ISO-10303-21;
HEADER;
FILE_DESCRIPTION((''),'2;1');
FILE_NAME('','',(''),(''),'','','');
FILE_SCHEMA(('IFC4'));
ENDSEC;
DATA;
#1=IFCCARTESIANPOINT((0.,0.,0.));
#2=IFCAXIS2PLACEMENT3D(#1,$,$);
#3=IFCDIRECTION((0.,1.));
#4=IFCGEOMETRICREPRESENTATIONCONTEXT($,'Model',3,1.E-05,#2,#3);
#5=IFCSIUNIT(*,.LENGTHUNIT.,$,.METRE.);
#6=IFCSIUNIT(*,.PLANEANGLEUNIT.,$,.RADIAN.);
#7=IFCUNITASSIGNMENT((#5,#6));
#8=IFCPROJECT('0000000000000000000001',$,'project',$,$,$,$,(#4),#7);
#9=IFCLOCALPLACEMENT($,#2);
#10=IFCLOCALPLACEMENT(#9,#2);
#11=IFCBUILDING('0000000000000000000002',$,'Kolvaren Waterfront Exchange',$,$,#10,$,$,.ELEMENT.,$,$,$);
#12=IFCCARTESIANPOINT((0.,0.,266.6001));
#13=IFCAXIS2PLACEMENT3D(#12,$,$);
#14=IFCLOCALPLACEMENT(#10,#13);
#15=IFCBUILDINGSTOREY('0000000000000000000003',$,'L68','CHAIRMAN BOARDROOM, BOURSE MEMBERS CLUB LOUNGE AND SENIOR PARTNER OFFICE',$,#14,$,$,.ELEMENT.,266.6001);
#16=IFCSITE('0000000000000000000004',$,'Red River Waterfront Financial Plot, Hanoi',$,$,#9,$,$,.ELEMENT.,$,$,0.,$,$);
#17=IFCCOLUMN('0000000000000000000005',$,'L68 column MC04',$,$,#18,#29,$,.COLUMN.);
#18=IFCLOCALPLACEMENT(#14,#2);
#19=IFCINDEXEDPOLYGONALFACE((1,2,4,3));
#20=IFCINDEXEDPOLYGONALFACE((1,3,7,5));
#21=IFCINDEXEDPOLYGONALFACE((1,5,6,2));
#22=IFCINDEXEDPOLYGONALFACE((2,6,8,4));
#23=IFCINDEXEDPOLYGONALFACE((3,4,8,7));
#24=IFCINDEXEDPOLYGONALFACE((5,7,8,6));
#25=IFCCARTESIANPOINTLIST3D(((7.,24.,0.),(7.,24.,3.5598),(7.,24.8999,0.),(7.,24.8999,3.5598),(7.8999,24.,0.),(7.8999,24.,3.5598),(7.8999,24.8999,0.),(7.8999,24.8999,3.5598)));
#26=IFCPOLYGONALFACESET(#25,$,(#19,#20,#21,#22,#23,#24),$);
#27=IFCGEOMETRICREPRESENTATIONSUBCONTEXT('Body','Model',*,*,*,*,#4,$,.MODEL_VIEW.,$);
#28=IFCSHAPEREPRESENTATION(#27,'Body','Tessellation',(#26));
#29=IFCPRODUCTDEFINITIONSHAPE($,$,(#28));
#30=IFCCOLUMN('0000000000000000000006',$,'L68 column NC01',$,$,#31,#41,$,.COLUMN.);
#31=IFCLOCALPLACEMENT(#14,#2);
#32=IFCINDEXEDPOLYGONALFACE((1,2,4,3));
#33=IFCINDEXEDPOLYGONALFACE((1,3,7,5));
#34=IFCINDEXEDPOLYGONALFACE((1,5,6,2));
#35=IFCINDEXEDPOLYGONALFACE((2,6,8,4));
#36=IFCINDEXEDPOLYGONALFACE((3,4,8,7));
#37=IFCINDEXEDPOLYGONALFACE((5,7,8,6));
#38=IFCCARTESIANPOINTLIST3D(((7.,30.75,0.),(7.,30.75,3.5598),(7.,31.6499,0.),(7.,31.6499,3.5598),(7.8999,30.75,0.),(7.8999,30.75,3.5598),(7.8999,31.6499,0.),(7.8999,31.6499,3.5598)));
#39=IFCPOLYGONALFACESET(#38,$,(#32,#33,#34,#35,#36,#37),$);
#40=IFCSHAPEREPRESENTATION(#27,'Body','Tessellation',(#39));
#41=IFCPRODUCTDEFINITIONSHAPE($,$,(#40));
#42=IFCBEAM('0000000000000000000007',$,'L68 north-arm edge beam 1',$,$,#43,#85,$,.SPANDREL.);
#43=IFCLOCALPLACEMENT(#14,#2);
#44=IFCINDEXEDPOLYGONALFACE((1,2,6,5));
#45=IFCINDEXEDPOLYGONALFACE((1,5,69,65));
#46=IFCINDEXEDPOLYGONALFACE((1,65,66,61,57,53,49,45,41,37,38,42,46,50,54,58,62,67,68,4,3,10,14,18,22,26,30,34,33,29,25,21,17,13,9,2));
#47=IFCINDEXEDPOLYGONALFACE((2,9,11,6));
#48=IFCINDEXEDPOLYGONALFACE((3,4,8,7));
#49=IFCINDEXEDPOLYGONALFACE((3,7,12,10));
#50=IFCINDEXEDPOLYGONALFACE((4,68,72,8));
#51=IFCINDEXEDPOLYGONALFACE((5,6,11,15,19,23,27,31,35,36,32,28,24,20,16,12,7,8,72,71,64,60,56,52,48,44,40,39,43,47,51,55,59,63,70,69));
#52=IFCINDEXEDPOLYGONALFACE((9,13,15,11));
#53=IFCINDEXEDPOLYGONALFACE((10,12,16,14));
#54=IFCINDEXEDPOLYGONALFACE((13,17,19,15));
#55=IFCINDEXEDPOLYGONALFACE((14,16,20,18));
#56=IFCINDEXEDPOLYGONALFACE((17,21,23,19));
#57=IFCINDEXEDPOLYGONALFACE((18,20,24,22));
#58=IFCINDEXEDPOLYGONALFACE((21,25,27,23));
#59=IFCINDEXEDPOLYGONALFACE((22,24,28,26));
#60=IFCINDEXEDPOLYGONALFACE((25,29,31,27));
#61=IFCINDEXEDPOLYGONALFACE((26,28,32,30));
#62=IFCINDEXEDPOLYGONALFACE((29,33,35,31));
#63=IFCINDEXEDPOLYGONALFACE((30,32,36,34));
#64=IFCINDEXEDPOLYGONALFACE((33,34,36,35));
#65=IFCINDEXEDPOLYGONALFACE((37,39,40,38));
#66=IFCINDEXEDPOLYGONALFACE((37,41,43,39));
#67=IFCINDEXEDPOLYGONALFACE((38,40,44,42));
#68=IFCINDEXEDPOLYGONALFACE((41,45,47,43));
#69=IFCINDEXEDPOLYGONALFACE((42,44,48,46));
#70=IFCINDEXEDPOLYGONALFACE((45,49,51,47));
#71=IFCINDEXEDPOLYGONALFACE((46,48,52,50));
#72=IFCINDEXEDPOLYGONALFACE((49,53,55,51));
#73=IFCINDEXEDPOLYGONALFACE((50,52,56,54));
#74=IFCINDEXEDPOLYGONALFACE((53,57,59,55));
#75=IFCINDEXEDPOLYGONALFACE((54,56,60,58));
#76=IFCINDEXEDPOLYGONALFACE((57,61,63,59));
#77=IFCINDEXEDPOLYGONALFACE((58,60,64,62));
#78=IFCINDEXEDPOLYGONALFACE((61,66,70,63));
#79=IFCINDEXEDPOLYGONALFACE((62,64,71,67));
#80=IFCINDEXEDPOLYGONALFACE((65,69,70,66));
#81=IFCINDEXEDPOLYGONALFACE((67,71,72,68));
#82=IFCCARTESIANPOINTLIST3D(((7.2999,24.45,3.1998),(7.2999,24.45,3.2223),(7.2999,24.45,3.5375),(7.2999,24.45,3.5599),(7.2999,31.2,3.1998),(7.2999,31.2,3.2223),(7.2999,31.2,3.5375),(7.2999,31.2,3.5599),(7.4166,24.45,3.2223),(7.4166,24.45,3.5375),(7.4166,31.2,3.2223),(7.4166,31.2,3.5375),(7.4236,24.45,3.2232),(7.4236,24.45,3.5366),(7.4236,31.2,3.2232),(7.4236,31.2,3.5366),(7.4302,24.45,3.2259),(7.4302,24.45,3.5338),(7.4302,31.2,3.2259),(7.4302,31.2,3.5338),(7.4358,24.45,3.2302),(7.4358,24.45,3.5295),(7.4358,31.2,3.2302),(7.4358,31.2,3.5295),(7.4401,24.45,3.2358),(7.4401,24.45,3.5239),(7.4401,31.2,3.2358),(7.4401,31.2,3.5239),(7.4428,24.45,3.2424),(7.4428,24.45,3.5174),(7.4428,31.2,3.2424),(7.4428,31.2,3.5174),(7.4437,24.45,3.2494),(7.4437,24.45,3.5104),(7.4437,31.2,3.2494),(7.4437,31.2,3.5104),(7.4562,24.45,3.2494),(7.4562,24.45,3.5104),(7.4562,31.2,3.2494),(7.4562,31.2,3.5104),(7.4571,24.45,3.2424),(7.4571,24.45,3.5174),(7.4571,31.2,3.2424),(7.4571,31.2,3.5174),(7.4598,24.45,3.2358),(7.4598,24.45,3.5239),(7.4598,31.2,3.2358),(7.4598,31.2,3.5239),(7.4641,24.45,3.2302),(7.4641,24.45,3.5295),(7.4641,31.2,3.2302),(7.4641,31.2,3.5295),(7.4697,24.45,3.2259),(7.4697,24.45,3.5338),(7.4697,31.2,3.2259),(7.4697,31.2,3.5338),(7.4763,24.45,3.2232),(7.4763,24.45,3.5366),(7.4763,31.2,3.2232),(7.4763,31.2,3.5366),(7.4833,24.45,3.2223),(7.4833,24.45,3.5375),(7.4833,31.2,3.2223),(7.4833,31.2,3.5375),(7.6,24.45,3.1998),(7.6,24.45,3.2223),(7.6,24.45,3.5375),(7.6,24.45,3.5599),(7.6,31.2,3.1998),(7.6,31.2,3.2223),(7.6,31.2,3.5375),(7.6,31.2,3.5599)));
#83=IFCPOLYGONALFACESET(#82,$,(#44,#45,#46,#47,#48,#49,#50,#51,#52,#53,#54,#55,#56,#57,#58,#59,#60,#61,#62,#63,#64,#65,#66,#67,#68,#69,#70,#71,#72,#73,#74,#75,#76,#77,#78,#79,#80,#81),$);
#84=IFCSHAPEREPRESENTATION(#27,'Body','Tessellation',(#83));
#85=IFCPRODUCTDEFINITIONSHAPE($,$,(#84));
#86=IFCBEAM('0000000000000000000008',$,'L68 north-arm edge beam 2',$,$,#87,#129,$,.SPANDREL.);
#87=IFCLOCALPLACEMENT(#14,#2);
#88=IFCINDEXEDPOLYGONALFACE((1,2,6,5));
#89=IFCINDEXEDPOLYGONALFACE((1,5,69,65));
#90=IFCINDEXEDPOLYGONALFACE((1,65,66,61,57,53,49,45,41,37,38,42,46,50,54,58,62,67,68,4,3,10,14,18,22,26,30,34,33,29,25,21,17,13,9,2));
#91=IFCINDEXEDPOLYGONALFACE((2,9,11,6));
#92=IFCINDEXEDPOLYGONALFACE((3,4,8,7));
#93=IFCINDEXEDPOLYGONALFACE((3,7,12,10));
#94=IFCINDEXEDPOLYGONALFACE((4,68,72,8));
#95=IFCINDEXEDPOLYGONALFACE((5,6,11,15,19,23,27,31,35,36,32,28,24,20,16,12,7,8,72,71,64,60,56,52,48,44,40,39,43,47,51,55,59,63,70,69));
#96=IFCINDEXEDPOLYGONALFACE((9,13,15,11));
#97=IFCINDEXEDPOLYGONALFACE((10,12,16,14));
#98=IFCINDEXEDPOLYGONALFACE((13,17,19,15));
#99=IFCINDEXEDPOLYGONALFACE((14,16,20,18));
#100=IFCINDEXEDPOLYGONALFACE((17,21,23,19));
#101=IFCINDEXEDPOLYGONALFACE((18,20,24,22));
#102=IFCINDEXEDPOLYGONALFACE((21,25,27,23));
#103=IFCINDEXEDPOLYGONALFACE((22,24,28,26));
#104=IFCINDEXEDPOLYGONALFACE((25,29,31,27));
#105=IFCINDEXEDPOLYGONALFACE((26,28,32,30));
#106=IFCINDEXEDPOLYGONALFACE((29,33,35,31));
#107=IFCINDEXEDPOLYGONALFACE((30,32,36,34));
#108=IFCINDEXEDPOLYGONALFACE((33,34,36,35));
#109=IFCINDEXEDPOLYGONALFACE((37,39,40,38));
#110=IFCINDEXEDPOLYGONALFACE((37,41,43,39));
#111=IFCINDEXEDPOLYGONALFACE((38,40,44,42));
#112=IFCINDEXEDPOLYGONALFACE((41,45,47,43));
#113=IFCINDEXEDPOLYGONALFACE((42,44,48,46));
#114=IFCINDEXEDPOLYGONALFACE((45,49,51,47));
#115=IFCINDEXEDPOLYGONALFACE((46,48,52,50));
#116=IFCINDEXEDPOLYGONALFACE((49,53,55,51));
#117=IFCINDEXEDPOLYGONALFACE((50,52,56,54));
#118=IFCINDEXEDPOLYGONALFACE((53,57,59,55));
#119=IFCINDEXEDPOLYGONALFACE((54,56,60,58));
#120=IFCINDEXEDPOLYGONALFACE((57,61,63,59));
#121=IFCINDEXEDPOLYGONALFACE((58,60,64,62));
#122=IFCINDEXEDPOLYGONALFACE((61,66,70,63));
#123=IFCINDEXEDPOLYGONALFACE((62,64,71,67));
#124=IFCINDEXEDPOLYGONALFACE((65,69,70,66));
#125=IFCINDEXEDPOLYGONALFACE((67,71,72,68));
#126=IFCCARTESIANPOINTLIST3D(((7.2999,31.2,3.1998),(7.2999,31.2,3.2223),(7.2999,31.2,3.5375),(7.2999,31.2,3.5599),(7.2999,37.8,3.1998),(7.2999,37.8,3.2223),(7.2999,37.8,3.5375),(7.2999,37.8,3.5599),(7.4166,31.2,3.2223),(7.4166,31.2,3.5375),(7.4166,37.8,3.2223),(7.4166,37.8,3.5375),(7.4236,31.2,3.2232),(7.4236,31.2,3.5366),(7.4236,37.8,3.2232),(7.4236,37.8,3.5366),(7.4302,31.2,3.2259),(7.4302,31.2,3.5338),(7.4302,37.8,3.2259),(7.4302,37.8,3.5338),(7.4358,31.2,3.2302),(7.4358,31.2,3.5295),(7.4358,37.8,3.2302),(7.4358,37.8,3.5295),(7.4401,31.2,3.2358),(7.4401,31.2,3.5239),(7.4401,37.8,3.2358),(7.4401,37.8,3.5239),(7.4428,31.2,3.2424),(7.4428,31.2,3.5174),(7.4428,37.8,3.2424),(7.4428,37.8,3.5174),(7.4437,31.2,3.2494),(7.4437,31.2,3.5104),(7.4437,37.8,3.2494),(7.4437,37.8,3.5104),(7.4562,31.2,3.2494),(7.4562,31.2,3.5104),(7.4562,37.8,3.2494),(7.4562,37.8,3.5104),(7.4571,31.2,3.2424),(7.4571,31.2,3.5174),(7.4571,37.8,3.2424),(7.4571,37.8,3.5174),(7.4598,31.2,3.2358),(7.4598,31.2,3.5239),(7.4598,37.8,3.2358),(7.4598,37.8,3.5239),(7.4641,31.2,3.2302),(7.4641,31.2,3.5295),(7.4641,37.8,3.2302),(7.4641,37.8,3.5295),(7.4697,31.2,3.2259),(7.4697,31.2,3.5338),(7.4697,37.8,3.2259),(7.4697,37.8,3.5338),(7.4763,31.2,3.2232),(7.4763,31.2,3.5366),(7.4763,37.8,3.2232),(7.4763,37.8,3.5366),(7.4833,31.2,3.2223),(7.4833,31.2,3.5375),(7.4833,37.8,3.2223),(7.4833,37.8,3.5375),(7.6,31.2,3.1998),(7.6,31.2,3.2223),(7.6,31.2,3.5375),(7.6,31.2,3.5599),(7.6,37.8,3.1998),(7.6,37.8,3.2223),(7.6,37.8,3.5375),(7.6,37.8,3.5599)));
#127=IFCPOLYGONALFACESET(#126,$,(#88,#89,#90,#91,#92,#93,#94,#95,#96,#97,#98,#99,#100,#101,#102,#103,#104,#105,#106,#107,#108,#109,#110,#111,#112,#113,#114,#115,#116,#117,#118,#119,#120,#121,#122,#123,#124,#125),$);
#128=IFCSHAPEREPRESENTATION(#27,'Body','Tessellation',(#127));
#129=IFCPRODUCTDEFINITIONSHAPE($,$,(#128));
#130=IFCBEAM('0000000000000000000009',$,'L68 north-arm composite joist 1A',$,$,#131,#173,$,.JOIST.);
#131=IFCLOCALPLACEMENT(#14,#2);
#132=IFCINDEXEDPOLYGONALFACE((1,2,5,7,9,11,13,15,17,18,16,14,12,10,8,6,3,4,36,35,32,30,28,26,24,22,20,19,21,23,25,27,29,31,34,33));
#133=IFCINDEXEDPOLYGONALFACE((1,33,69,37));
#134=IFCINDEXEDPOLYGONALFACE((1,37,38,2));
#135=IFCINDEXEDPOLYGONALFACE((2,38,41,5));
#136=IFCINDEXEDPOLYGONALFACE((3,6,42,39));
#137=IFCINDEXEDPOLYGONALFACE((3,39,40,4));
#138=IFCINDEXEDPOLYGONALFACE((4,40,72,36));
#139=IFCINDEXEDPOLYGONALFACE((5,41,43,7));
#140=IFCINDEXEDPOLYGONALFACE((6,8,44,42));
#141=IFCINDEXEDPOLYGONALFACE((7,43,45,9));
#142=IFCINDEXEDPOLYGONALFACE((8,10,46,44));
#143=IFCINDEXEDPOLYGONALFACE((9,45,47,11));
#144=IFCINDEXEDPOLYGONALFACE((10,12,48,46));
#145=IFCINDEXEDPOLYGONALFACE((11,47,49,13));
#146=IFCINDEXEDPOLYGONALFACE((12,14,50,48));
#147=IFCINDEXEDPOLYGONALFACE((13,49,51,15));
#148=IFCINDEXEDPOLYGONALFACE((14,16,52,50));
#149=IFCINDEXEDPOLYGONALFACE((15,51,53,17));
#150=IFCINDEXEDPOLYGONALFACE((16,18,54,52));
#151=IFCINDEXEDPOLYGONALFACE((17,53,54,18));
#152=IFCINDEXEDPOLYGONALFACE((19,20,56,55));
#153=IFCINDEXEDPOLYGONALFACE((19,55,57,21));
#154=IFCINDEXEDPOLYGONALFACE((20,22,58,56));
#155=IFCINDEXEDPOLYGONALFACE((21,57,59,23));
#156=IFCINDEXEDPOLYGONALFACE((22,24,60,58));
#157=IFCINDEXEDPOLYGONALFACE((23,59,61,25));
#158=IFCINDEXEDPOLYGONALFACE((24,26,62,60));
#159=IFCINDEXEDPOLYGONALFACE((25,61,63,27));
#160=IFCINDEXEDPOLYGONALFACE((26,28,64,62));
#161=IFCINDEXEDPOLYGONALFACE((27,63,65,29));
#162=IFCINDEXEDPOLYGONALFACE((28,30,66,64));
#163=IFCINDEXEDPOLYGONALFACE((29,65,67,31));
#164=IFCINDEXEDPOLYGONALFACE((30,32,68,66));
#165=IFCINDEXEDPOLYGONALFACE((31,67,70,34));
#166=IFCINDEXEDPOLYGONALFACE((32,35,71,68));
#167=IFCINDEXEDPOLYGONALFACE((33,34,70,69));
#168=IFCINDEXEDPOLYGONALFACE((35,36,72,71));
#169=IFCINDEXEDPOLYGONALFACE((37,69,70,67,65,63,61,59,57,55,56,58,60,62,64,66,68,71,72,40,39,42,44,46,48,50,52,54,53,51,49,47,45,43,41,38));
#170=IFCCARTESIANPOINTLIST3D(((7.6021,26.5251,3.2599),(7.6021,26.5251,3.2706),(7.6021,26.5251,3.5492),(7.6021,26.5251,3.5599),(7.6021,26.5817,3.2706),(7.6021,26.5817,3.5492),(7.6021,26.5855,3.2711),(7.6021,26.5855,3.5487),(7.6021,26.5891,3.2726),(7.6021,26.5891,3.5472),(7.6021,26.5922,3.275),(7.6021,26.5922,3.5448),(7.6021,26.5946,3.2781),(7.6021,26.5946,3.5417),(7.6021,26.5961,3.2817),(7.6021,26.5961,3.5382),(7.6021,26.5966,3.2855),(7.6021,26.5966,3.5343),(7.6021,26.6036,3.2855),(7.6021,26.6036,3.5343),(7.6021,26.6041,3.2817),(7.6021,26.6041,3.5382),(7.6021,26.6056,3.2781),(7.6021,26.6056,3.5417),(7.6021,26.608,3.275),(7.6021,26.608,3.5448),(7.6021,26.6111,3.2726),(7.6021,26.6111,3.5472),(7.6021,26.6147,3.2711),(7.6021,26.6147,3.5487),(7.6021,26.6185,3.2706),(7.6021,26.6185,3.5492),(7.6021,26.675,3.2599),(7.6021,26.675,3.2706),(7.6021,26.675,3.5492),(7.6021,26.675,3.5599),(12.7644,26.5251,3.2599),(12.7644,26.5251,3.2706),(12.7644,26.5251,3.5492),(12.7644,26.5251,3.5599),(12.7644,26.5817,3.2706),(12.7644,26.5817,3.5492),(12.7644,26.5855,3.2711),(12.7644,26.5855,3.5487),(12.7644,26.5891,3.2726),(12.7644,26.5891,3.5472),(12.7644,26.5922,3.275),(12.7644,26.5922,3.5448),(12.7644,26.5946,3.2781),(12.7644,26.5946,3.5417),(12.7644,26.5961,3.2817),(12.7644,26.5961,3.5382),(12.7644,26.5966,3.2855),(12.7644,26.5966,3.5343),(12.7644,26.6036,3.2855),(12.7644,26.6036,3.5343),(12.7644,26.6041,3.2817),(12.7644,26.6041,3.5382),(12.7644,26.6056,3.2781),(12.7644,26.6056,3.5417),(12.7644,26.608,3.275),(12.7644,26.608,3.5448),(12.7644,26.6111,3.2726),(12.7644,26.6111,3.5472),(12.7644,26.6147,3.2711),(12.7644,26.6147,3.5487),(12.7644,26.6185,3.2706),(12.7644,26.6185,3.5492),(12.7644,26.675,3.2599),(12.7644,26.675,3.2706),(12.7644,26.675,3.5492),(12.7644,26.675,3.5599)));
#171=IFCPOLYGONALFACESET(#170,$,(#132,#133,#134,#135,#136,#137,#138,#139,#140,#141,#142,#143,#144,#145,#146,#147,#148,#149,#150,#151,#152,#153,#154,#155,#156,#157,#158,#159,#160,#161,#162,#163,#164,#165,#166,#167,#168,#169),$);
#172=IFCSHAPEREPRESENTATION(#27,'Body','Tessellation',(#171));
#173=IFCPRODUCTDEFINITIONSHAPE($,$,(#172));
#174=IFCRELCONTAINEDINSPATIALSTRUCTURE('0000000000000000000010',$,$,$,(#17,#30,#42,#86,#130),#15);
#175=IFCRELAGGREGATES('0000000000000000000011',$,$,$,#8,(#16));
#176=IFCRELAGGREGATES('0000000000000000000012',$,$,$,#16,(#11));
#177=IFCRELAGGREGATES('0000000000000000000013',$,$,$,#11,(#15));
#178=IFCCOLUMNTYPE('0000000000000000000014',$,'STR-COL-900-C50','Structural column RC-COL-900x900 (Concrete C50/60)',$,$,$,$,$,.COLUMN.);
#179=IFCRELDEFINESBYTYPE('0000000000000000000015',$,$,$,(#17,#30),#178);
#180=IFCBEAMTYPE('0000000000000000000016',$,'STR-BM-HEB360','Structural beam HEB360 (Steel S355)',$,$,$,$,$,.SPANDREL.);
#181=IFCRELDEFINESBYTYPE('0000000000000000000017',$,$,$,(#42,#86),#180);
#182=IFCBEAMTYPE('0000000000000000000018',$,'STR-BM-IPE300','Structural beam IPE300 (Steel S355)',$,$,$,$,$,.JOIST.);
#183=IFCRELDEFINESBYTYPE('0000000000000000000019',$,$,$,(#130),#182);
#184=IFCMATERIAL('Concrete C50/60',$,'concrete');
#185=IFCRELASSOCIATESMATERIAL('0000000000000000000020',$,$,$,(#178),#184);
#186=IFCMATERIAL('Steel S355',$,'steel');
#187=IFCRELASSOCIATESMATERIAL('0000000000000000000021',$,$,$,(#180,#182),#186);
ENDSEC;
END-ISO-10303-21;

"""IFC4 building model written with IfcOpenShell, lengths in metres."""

from ifc_helpers import new_model, si_unit, direction, frame, origin, origin_2d, place, context, subcontext, project, spatial, rectangle, i_section, extrude, material, material_profile, profile_set, type_object, element, save


model = new_model("IFC4")

# Units and contexts
model_context = context("Model", 3, precision=1e-05, world=origin(), true_north=direction((0.0, 1.0)))
body_context = subcontext(model_context, "Body", "Model", "MODEL_VIEW")
ifc_project = project(units=[si_unit("LENGTHUNIT", "METRE"), si_unit("PLANEANGLEUNIT", "RADIAN")], contexts=[model_context])

# Site, building, storey
site_placement = place(None, origin())
site = spatial("IfcSite", under=ifc_project, at=site_placement, Name="Red River Waterfront Financial Plot, Hanoi", CompositionType="ELEMENT", RefElevation=0.0)
building_placement = place(site_placement, origin())
building = spatial("IfcBuilding", under=site, at=building_placement, Name="Kolvaren Waterfront Exchange", CompositionType="ELEMENT")
storey_placement = place(building_placement, frame((0.0, 0.0, 266.6001)))
storey = spatial("IfcBuildingStorey", under=building, at=storey_placement, Name="L68", Description="CHAIRMAN BOARDROOM, BOURSE MEMBERS CLUB LOUNGE AND SENIOR PARTNER OFFICE", CompositionType="ELEMENT", Elevation=266.6001)

# Columns
ifc_material_1 = material(Name="Concrete C50/60", Category="concrete")
ifc_material_profile_1 = material_profile(ifc_material_1, rectangle(XDim=0.8999, YDim=0.8999, at=origin_2d()), Name="RC-COL-900x900")
ifc_profile_set_1 = profile_set([ifc_material_profile_1], Name="Concrete C50/60")
column_type = type_object("IfcColumnType", Name="STR-COL-900-C50", Description="Structural column RC-COL-900x900 (Concrete C50/60)", PredefinedType="COLUMN", material=ifc_profile_set_1)
for number, where, z_axis, x_axis, name in (
    (1, (7.45, 24.45, 0.0), (0.0, 0.0, 1.0), (1.0, 0.0, 0.0), "L68 column MC04"),
    (2, (7.45, 31.2, 0.0), (0.0, 0.0, 1.0), (1.0, 0.0, 0.0), "L68 column NC01"),
):
    element("IfcColumn", number, at=place(storey_placement, frame(where, z_axis=z_axis, x_axis=x_axis)), inside=storey, type_object=column_type, Name=name, PredefinedType="COLUMN", context=body_context, shape_type="SweptSolid", body=[
        extrude(rectangle(XDim=0.8999, YDim=0.8999, at=origin_2d()), origin(), (0.0, 0.0, 1.0), 3.5598),
    ])

# Beams
ifc_material_2 = material(Name="Steel S355", Category="steel")
ifc_material_profile_2 = material_profile(ifc_material_2, i_section(OverallWidth=0.3, OverallDepth=0.3601, WebThickness=0.0125, FlangeThickness=0.0225, FilletRadius=0.0271, at=origin_2d()), Name="HEB360")
ifc_profile_set_2 = profile_set([ifc_material_profile_2], Name="Steel S355")
beam_type_1 = type_object("IfcBeamType", Name="STR-BM-HEB360", Description="Structural beam HEB360 (Steel S355)", PredefinedType="SPANDREL", material=ifc_profile_set_2)
beam_1_placement = place(storey_placement, frame((7.45, 24.45, 3.3799), z_axis=(0.0, 1.0, 0.0), x_axis=(-1.0, 0.0, 0.0)))
element("IfcBeam", 3, at=beam_1_placement, inside=storey, type_object=beam_type_1, Name="L68 north-arm edge beam 1", PredefinedType="SPANDREL", context=body_context, shape_type="SweptSolid", body=[
    extrude(i_section(OverallWidth=0.3, OverallDepth=0.3601, WebThickness=0.0125, FlangeThickness=0.0225, FilletRadius=0.0271, at=origin_2d()), origin(), (0.0, 0.0, 1.0), 6.75),
])
beam_2_placement = place(storey_placement, frame((7.45, 31.2, 3.3799), z_axis=(0.0, 1.0, 0.0), x_axis=(-1.0, 0.0, 0.0)))
element("IfcBeam", 4, at=beam_2_placement, inside=storey, type_object=beam_type_1, Name="L68 north-arm edge beam 2", PredefinedType="SPANDREL", context=body_context, shape_type="SweptSolid", body=[
    extrude(i_section(OverallWidth=0.3, OverallDepth=0.3601, WebThickness=0.0125, FlangeThickness=0.0225, FilletRadius=0.0271, at=origin_2d()), origin(), (0.0, 0.0, 1.0), 6.6001),
])
ifc_material_profile_3 = material_profile(ifc_material_2, i_section(OverallWidth=0.1499, OverallDepth=0.3, WebThickness=0.0071, FlangeThickness=0.0107, FilletRadius=0.0149, at=origin_2d()), Name="IPE300")
ifc_profile_set_3 = profile_set([ifc_material_profile_3], Name="Steel S355")
beam_type_2 = type_object("IfcBeamType", Name="STR-BM-IPE300", Description="Structural beam IPE300 (Steel S355)", PredefinedType="JOIST", material=ifc_profile_set_3)
for number, where, z_axis, x_axis, name in (
    (5, (7.6021, 26.6001, 3.4099), (1.0, 0.0, 0.0), (0.0, 1.0, 0.0), "L68 north-arm composite joist 1A"),
):
    element("IfcBeam", number, at=place(storey_placement, frame(where, z_axis=z_axis, x_axis=x_axis)), inside=storey, type_object=beam_type_2, Name=name, PredefinedType="JOIST", context=body_context, shape_type="SweptSolid", body=[
        extrude(i_section(OverallWidth=0.1499, OverallDepth=0.3, WebThickness=0.0071, FlangeThickness=0.0107, FilletRadius=0.0149, at=origin_2d()), origin(), (0.0, 0.0, 1.0), 5.1624),
    ])

save(model, "model.ifc")
